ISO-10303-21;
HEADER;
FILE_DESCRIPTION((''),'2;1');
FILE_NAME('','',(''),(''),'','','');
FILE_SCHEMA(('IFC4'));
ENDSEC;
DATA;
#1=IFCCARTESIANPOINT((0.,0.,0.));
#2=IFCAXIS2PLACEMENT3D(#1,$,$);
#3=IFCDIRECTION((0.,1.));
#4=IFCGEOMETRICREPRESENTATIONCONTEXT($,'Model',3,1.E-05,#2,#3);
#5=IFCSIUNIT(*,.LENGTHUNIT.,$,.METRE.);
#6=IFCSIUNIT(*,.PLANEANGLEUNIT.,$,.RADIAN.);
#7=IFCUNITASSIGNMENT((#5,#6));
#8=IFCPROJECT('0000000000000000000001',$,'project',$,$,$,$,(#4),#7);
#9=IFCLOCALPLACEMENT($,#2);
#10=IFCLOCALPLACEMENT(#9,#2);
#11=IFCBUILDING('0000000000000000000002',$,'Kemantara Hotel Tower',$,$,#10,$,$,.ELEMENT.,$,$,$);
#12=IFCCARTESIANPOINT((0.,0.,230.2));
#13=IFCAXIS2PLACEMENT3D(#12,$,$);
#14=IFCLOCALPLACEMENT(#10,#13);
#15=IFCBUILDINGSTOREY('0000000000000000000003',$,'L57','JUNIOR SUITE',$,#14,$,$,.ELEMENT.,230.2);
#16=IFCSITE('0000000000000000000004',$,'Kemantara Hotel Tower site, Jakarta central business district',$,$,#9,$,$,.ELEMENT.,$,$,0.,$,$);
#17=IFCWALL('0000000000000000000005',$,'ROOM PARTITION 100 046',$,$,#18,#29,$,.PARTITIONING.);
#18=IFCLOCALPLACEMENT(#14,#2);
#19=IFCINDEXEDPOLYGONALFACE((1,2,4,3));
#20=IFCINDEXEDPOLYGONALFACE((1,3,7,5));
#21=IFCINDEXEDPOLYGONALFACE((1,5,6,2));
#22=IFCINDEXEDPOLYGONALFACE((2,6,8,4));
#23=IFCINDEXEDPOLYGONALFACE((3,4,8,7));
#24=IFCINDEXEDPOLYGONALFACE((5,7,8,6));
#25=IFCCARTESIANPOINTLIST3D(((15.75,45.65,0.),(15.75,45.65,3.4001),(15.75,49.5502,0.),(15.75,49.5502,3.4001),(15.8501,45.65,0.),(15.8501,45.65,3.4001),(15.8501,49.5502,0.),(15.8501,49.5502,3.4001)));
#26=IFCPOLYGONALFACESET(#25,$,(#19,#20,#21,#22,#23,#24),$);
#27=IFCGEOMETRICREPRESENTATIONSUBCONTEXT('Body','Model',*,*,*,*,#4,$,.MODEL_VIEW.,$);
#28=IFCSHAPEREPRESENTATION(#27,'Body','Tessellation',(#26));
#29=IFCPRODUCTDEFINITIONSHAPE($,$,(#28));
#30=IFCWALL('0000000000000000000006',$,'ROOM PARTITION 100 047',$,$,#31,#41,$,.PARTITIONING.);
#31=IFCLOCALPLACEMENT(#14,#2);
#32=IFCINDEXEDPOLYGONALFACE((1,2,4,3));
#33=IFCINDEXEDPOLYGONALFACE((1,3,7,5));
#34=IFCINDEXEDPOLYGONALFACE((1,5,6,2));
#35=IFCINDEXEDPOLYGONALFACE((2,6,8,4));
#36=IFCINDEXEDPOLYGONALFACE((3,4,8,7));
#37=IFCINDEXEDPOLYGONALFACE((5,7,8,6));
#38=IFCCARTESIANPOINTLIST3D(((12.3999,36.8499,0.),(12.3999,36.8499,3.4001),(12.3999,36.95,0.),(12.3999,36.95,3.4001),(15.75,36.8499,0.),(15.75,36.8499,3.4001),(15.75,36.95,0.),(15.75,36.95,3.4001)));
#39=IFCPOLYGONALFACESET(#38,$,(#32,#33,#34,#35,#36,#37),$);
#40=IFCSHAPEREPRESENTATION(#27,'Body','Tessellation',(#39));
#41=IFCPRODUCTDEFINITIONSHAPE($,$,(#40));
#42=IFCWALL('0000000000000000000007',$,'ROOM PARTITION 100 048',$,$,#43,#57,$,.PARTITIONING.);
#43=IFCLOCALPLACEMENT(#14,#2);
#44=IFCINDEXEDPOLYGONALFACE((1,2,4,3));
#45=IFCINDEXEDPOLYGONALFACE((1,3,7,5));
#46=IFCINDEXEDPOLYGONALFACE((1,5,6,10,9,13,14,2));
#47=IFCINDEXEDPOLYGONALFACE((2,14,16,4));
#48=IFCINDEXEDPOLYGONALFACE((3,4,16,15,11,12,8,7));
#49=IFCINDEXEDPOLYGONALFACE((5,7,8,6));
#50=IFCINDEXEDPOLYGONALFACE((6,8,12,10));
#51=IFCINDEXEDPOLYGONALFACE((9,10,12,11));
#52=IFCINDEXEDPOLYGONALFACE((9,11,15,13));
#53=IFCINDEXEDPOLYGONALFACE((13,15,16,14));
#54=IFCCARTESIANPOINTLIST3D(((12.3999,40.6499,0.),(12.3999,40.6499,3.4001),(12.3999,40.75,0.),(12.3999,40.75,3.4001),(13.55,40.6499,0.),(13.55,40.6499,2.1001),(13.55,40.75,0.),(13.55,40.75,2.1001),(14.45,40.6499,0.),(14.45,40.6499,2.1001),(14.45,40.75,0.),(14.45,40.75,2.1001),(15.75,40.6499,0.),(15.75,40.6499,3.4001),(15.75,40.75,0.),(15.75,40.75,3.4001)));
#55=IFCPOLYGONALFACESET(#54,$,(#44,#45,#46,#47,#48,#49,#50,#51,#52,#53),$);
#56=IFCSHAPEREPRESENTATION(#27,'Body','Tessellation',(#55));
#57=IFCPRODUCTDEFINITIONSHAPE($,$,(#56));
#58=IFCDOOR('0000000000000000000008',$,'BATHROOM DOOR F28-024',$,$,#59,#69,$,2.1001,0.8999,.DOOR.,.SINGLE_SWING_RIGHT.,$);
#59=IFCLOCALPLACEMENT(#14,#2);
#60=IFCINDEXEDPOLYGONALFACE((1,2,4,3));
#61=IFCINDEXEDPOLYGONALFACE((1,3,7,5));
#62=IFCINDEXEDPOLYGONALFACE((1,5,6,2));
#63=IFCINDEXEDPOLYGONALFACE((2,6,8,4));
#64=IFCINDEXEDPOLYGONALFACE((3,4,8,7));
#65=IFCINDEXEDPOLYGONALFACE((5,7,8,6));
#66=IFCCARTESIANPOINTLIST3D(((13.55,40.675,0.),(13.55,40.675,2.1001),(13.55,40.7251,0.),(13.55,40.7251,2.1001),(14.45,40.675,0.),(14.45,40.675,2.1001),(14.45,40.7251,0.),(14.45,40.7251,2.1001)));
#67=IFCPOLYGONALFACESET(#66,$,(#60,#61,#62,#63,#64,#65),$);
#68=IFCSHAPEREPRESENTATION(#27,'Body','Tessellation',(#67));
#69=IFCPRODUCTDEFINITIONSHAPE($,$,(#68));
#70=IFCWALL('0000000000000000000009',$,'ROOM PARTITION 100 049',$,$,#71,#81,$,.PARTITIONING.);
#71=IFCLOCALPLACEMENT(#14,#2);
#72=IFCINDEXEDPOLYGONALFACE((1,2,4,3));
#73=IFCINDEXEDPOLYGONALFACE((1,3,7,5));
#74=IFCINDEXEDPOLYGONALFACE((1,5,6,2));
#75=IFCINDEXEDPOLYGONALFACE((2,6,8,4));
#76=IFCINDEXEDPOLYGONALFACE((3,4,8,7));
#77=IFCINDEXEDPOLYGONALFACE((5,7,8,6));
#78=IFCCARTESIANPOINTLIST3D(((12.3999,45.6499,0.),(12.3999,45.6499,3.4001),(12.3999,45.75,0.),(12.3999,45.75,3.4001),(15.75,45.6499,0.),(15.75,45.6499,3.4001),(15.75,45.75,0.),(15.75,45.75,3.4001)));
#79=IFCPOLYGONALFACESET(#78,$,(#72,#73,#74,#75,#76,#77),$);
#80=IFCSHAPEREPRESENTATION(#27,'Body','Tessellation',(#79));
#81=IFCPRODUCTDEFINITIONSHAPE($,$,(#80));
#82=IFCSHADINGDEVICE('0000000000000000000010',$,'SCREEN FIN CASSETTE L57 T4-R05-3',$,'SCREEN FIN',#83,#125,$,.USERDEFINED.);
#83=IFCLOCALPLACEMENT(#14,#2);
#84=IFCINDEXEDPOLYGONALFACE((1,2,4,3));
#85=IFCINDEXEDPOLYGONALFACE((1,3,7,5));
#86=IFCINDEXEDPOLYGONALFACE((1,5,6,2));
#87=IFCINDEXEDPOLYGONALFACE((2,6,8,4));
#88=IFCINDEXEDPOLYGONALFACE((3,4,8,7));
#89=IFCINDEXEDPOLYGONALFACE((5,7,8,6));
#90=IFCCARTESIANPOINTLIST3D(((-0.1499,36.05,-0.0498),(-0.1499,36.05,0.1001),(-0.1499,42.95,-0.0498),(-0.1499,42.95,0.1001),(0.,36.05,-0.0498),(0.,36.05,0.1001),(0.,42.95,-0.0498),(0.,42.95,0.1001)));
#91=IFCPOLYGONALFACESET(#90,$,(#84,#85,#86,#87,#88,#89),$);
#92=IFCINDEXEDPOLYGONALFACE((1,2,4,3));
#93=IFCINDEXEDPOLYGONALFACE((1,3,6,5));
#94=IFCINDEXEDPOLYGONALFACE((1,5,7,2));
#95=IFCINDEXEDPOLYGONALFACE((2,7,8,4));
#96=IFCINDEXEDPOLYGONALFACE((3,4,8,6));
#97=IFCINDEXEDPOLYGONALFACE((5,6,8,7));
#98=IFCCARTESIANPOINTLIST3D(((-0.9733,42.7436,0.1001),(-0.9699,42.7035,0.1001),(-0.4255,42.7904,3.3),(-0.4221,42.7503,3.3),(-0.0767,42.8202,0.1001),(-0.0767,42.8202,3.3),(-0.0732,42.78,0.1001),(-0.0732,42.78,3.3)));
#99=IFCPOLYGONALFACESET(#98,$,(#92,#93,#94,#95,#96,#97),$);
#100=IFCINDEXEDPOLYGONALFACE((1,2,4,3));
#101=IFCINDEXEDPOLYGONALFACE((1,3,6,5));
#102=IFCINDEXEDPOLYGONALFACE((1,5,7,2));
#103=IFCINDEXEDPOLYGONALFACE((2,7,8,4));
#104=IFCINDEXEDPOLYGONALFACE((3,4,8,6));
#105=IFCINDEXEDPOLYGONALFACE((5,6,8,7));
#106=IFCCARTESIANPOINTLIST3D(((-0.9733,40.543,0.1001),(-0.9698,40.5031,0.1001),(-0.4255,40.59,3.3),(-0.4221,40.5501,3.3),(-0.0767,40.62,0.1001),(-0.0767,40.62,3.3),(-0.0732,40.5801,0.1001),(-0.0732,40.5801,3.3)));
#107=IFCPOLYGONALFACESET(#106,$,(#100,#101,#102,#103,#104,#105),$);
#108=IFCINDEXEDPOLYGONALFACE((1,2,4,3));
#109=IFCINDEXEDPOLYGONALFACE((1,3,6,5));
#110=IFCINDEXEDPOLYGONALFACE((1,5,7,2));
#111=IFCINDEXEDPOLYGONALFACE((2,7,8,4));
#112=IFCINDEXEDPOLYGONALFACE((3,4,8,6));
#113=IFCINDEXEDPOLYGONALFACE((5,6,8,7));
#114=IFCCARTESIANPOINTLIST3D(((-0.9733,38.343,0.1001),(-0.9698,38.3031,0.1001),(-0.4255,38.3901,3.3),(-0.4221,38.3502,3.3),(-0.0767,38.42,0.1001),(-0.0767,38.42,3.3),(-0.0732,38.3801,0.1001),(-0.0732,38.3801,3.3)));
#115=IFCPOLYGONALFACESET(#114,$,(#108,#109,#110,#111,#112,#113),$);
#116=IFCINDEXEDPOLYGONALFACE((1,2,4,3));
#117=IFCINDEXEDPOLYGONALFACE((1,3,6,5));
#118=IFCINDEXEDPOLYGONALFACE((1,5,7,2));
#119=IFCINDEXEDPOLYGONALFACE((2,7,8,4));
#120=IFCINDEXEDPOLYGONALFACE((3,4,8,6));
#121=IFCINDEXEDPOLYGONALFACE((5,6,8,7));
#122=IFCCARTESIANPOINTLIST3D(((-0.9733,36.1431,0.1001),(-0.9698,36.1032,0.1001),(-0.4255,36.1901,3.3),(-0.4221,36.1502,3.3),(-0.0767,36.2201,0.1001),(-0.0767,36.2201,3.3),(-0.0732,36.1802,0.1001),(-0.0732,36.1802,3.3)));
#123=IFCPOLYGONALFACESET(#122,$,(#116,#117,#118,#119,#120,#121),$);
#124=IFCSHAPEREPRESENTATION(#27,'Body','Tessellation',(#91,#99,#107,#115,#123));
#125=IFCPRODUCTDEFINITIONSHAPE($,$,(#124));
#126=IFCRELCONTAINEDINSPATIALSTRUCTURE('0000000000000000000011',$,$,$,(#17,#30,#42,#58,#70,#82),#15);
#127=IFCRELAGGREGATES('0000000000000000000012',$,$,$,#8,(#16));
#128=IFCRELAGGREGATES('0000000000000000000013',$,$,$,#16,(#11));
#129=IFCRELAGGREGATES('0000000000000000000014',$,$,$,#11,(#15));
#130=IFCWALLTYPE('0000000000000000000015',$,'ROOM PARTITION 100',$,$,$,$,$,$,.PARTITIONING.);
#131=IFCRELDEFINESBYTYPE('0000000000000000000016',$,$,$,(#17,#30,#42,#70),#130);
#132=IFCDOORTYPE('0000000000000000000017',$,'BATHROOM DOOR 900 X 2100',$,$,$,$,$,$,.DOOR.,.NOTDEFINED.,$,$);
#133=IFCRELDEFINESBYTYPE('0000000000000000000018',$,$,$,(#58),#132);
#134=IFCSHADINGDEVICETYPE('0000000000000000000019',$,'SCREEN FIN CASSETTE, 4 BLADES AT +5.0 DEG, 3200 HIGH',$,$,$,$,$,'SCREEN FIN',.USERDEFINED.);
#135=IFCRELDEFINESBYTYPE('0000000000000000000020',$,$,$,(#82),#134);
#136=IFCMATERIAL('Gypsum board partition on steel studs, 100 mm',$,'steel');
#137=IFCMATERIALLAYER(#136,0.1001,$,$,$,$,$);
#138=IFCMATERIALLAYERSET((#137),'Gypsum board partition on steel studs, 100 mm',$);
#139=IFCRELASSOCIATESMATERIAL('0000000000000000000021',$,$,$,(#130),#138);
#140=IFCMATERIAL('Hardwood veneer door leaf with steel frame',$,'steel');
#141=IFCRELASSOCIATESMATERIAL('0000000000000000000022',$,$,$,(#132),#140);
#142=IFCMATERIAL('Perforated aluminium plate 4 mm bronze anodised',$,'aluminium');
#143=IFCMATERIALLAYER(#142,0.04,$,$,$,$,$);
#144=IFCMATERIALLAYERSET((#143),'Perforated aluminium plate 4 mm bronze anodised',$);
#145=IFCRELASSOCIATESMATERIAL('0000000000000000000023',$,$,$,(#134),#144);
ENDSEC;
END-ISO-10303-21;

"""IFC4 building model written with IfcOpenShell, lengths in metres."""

from ifc_helpers import new_model, si_unit, direction, frame, frame_2d, origin, origin_2d, place, context, subcontext, project, spatial, polyline, rectangle, outline, extrude, source, transform, mapped, material, layer, layer_set, type_object, element, fill, save


model = new_model("IFC4")

# Units and contexts
model_context = context("Model", 3, precision=1e-05, world=origin(), true_north=direction((0.0, 1.0)))
body_context = subcontext(model_context, "Body", "Model", "MODEL_VIEW")
ifc_project = project(units=[si_unit("LENGTHUNIT", "METRE"), si_unit("PLANEANGLEUNIT", "RADIAN")], contexts=[model_context])

# Site, building, storey
site_placement = place(None, origin())
site = spatial("IfcSite", under=ifc_project, at=site_placement, Name="Kemantara Hotel Tower site, Jakarta central business district", CompositionType="ELEMENT", RefElevation=0.0)
building_placement = place(site_placement, origin())
building = spatial("IfcBuilding", under=site, at=building_placement, Name="Kemantara Hotel Tower", CompositionType="ELEMENT")
storey_placement = place(building_placement, frame((0.0, 0.0, 230.2)))
storey = spatial("IfcBuildingStorey", under=building, at=storey_placement, Name="L57", Description="JUNIOR SUITE", CompositionType="ELEMENT", Elevation=230.2)

# Shared definitions
ifc_material_1 = material(Name="Hardwood veneer door leaf with steel frame", Category="steel")

# Shared definitions
ifc_material_2 = material(Name="Gypsum board partition on steel studs, 100 mm", Category="steel")
ifc_layer_1 = layer(ifc_material_2, 0.1001)
ifc_layer_set_1 = layer_set([ifc_layer_1], Name="Gypsum board partition on steel studs, 100 mm")
wall_type_1 = type_object("IfcWallType", Name="ROOM PARTITION 100", PredefinedType="PARTITIONING", material=ifc_layer_set_1)

# Shared definitions
door_type_1 = type_object("IfcDoorType", Name="BATHROOM DOOR 900 X 2100", OperationType="NOTDEFINED", PredefinedType="DOOR", material=ifc_material_1)

# Walls
wall_1_placement = place(storey_placement, frame((15.8, 45.6499, 0.0), z_axis=(0.0, 0.0, 1.0), x_axis=(0.0, 1.0, 0.0)))
element("IfcWall", 1, at=wall_1_placement, inside=storey, type_object=wall_type_1, Name="ROOM PARTITION 100 046", PredefinedType="PARTITIONING", context=body_context, shape_type="SweptSolid", body=[
    extrude(rectangle(XDim=3.9001, YDim=0.1001, at=frame_2d((1.9502, 0.0))), origin(), (0.0, 0.0, 1.0), 3.4001),
])
wall_2_placement = place(storey_placement, frame((12.3999, 36.8999, 0.0), z_axis=(0.0, 0.0, 1.0), x_axis=(1.0, 0.0, 0.0)))
element("IfcWall", 2, at=wall_2_placement, inside=storey, type_object=wall_type_1, Name="ROOM PARTITION 100 047", PredefinedType="PARTITIONING", context=body_context, shape_type="SweptSolid", body=[
    extrude(rectangle(XDim=3.3501, YDim=0.1001, at=frame_2d((1.675, 0.0))), origin(), (0.0, 0.0, 1.0), 3.4001),
])

# Wall, opening, door
wall_3_placement = place(storey_placement, frame((15.75, 40.7, 0.0), z_axis=(0.0, 0.0, 1.0), x_axis=(-1.0, 0.0, 0.0)))
wall_3 = element("IfcWall", 3, at=wall_3_placement, inside=storey, type_object=wall_type_1, Name="ROOM PARTITION 100 048", PredefinedType="PARTITIONING", context=body_context, shape_type="SweptSolid", body=[
    extrude(rectangle(XDim=3.3501, YDim=0.1001, at=frame_2d((1.675, 0.0))), origin(), (0.0, 0.0, 1.0), 3.4001),
])
opening_1_placement = place(wall_3_placement, frame((1.3, 0.0, 0.0)))
opening_1 = element("IfcOpeningElement", 4, at=opening_1_placement, cuts=wall_3, PredefinedType="OPENING", context=body_context, shape_type="SweptSolid", body=[
    extrude(rectangle(XDim=0.8999, YDim=2.1001, at=frame_2d((0.45, 1.05))), frame((0.0, 0.0601, 0.0), z_axis=(0.0, -1.0, 0.0), x_axis=(1.0, 0.0, 0.0)), (0.0, 0.0, 1.0), 0.1201),
])
door_1_placement = place(opening_1_placement, origin())
door_1 = element("IfcDoor", 5, at=door_1_placement, inside=storey, type_object=door_type_1, Name="BATHROOM DOOR F28-024", OperationType="SINGLE_SWING_RIGHT", OverallHeight=2.1001, OverallWidth=0.8999, PredefinedType="DOOR", context=body_context, shape_type="SweptSolid", body=[
    extrude(rectangle(XDim=0.8999, YDim=2.1001, at=frame_2d((0.45, 1.05))), frame((0.0, 0.0249, 0.0), z_axis=(0.0, -1.0, 0.0), x_axis=(1.0, 0.0, 0.0)), (0.0, 0.0, 1.0), 0.05),
])
fill(opening_1, door_1)

# Wall
wall_4_placement = place(storey_placement, frame((12.3999, 45.7, 0.0), z_axis=(0.0, 0.0, 1.0), x_axis=(1.0, 0.0, 0.0)))
element("IfcWall", 6, at=wall_4_placement, inside=storey, type_object=wall_type_1, Name="ROOM PARTITION 100 049", PredefinedType="PARTITIONING", context=body_context, shape_type="SweptSolid", body=[
    extrude(rectangle(XDim=3.3501, YDim=0.1001, at=frame_2d((1.675, 0.0))), origin(), (0.0, 0.0, 1.0), 3.4001),
])

# Shading device
ifc_material_3 = material(Name="Perforated aluminium plate 4 mm bronze anodised", Category="aluminium")
ifc_layer_2 = layer(ifc_material_3, 0.04)
ifc_layer_set_2 = layer_set([ifc_layer_2], Name="Perforated aluminium plate 4 mm bronze anodised")
shading_device_type = type_object("IfcShadingDeviceType", Name="SCREEN FIN CASSETTE, 4 BLADES AT +5.0 DEG, 3200 HIGH", ElementType="SCREEN FIN", PredefinedType="USERDEFINED", material=ifc_layer_set_2)
shared_shape = source(origin(), body_context, "Body", "SweptSolid", [
    extrude(rectangle(XDim=6.8999, YDim=0.1499, at=origin_2d()), frame((3.3, -0.075, -0.1499), z_axis=(0.0, 0.0, 1.0), x_axis=(1.0, 0.0, 0.0)), (0.0, 0.0, 1.0), 0.1499),
    extrude(outline(polyline([(0.0, 0.0), (0.8999, 0.0), (0.3501, 3.2), (0.0, 3.2), (0.0, 0.0)])), frame((0.02, -0.0732, 0.0), z_axis=(-0.996376, -0.085056, 0.0), x_axis=(0.085056, -0.996376, 0.0)), (0.0, 0.0, 1.0), 0.0403),
    extrude(outline(polyline([(0.0, 0.0), (0.8999, 0.0), (0.3501, 3.2), (0.0, 3.2), (0.0, 0.0)])), frame((2.22, -0.0732, 0.0), z_axis=(-0.996332, -0.085575, 0.0), x_axis=(0.085575, -0.996332, 0.0)), (0.0, 0.0, 1.0), 0.04),
    extrude(outline(polyline([(0.0, 0.0), (0.8999, 0.0), (0.3501, 3.2), (0.0, 3.2), (0.0, 0.0)])), frame((4.4199, -0.0732, 0.0), z_axis=(-0.996332, -0.085575, 0.0), x_axis=(0.085575, -0.996332, 0.0)), (0.0, 0.0, 1.0), 0.04),
    extrude(outline(polyline([(0.0, 0.0), (0.8999, 0.0), (0.3501, 3.2), (0.0, 3.2), (0.0, 0.0)])), frame((6.6199, -0.0732, 0.0), z_axis=(-0.996332, -0.085575, 0.0), x_axis=(0.085575, -0.996332, 0.0)), (0.0, 0.0, 1.0), 0.04),
])
shading_device_placement = place(storey_placement, frame((0.0, 42.8, 0.1001), z_axis=(0.0, 0.0, 1.0), x_axis=(0.0, -1.0, 0.0)))
element("IfcShadingDevice", 7, at=shading_device_placement, inside=storey, type_object=shading_device_type, Name="SCREEN FIN CASSETTE L57 T4-R05-3", ObjectType="SCREEN FIN", PredefinedType="USERDEFINED", context=body_context, shape_type="MappedRepresentation", body=[
    mapped(shared_shape, transform((0.0, 0.0, 0.0))),
])

save(model, "model.ifc")
